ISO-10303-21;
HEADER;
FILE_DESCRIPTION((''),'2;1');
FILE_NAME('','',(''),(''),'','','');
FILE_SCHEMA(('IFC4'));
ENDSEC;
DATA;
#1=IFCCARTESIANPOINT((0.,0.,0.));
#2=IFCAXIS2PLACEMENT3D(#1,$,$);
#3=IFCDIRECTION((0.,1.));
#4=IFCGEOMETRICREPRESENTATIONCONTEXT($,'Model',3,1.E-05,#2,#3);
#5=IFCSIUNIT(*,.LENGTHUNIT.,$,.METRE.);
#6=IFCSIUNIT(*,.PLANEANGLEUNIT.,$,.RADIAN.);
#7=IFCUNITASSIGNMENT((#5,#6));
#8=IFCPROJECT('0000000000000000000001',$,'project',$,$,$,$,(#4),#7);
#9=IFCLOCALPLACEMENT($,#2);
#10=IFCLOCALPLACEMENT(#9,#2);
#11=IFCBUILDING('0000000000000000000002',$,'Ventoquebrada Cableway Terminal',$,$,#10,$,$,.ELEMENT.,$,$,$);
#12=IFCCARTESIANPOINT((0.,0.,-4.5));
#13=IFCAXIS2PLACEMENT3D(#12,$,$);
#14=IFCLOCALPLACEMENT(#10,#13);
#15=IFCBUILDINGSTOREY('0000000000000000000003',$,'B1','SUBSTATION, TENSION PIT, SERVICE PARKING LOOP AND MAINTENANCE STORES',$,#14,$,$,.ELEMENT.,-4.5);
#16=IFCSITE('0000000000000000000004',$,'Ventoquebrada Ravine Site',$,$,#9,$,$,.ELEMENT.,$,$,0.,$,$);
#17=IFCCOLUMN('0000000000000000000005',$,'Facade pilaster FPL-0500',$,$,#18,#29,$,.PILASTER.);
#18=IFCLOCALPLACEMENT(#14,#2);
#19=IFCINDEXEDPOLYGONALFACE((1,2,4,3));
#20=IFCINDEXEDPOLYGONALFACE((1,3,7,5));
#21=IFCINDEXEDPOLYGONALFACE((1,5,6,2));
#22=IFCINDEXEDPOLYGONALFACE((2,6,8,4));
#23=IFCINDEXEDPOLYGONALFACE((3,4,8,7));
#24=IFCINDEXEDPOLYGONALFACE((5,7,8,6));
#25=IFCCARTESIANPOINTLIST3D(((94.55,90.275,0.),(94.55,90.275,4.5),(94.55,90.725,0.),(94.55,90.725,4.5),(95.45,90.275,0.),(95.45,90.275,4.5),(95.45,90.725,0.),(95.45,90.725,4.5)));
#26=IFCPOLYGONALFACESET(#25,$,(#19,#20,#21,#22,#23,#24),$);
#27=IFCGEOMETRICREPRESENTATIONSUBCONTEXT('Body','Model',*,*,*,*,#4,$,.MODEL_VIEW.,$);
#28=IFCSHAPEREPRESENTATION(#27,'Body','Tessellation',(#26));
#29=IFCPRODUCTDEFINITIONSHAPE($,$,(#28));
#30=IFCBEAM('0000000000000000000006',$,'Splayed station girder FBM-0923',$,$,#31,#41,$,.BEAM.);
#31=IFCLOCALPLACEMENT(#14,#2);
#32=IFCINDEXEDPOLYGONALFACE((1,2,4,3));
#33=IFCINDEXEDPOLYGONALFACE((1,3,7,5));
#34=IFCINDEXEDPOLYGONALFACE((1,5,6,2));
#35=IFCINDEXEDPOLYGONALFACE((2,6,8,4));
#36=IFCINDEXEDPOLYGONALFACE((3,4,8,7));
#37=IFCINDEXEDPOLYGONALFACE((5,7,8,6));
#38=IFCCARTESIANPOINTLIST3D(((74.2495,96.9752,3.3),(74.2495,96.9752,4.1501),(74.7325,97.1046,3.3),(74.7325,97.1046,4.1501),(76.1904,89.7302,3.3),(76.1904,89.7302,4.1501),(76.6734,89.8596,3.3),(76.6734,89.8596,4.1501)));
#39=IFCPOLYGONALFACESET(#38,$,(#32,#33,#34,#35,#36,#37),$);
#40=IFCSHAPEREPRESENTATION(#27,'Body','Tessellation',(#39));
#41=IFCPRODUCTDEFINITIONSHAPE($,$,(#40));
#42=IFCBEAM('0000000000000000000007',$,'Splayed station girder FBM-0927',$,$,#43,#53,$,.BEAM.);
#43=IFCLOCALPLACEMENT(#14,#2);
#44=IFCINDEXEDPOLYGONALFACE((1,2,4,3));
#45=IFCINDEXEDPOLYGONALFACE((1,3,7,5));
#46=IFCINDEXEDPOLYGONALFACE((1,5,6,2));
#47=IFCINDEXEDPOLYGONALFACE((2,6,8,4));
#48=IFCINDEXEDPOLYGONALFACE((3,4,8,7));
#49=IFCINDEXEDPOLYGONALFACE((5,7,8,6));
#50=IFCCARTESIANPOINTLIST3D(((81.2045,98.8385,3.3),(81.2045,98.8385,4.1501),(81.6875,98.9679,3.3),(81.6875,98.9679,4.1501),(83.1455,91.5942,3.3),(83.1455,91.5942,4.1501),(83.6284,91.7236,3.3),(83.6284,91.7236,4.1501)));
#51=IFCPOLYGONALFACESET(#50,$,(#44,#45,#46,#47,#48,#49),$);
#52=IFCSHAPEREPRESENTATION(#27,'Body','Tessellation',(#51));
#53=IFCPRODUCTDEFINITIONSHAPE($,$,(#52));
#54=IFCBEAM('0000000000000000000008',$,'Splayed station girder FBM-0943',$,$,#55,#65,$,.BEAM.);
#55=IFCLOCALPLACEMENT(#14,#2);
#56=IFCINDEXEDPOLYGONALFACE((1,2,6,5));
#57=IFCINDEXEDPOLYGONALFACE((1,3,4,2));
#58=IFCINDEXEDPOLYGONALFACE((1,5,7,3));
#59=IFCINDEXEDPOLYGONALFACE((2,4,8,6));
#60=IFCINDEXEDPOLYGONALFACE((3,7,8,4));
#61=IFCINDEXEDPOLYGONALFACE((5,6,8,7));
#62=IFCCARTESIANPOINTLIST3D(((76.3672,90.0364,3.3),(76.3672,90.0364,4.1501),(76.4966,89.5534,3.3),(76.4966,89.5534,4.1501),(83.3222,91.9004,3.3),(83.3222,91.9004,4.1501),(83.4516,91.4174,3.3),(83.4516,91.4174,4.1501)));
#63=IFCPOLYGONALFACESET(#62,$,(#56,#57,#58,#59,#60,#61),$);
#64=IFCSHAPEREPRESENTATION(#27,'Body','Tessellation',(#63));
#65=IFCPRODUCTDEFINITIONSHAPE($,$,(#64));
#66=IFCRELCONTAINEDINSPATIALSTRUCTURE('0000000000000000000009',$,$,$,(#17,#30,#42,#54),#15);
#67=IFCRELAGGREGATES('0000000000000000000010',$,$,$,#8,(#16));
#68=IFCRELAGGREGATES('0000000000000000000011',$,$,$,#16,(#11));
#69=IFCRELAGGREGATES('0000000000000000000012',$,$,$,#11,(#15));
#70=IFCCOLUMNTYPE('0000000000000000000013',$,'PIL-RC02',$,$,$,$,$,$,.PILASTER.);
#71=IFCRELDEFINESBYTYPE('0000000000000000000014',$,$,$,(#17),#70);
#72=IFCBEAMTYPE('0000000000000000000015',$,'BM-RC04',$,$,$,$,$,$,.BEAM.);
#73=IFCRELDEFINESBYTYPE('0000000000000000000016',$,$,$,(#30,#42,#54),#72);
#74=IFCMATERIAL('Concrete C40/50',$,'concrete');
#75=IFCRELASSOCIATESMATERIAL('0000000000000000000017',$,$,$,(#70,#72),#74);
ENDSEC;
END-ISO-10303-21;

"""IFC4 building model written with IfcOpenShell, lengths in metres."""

from ifc_helpers import new_model, si_unit, direction, frame, origin, origin_2d, place, context, subcontext, project, spatial, rectangle, extrude, material, material_profile, profile_set, type_object, element, save


model = new_model("IFC4")

# Units and contexts
model_context = context("Model", 3, precision=1e-05, world=origin(), true_north=direction((0.0, 1.0)))
body_context = subcontext(model_context, "Body", "Model", "MODEL_VIEW")
ifc_project = project(units=[si_unit("LENGTHUNIT", "METRE"), si_unit("PLANEANGLEUNIT", "RADIAN")], contexts=[model_context])

# Site, building, storey
site_placement = place(None, origin())
site = spatial("IfcSite", under=ifc_project, at=site_placement, Name="Ventoquebrada Ravine Site", CompositionType="ELEMENT", RefElevation=0.0)
building_placement = place(site_placement, origin())
building = spatial("IfcBuilding", under=site, at=building_placement, Name="Ventoquebrada Cableway Terminal", CompositionType="ELEMENT")
storey_placement = place(building_placement, frame((0.0, 0.0, -4.5)))
storey = spatial("IfcBuildingStorey", under=building, at=storey_placement, Name="B1", Description="SUBSTATION, TENSION PIT, SERVICE PARKING LOOP AND MAINTENANCE STORES", CompositionType="ELEMENT", Elevation=-4.5)

# Shared definitions
ifc_material = material(Name="Concrete C40/50", Category="concrete")

# Column
ifc_material_profile_1 = material_profile(ifc_material, rectangle(XDim=0.45, YDim=0.8999, at=origin_2d()), Name="RC-PIL-450X900")
ifc_profile_set_1 = profile_set([ifc_material_profile_1], Name="Concrete C40/50")
column_type_1 = type_object("IfcColumnType", Name="PIL-RC02", PredefinedType="PILASTER", material=ifc_profile_set_1)
column_1_placement = place(storey_placement, frame((95.0, 90.5, 0.0), z_axis=(0.0, 0.0, 1.0), x_axis=(0.0, 1.0, 0.0)))
element("IfcColumn", 1, at=column_1_placement, inside=storey, type_object=column_type_1, Name="Facade pilaster FPL-0500", PredefinedType="PILASTER", context=body_context, shape_type="SweptSolid", body=[
    extrude(rectangle(XDim=0.45, YDim=0.8999, at=origin_2d()), origin(), (0.0, 0.0, 1.0), 4.5),
])

# Beams
ifc_material_profile_2 = material_profile(ifc_material, rectangle(XDim=0.5, YDim=0.8501, at=origin_2d()), Name="RC-BM-500X850")
ifc_profile_set_2 = profile_set([ifc_material_profile_2], Name="Concrete C40/50")
beam_type = type_object("IfcBeamType", Name="BM-RC04", PredefinedType="BEAM", material=ifc_profile_set_2)
beam_1_placement = place(storey_placement, frame((76.4319, 89.7949, 3.7251), z_axis=(-0.258769, 0.965939, 0.0), x_axis=(-0.965939, -0.258769, 0.0)))
element("IfcBeam", 2, at=beam_1_placement, inside=storey, type_object=beam_type, Name="Splayed station girder FBM-0923", PredefinedType="BEAM", context=body_context, shape_type="SweptSolid", body=[
    extrude(rectangle(XDim=0.5, YDim=0.8501, at=origin_2d()), origin(), (0.0, 0.0, 1.0), 7.5005),
])
beam_2_placement = place(storey_placement, frame((83.387, 91.6589, 3.7251), z_axis=(-0.258801, 0.965931, 0.0), x_axis=(-0.965931, -0.258801, 0.0)))
element("IfcBeam", 3, at=beam_2_placement, inside=storey, type_object=beam_type, Name="Splayed station girder FBM-0927", PredefinedType="BEAM", context=body_context, shape_type="SweptSolid", body=[
    extrude(rectangle(XDim=0.5, YDim=0.8501, at=origin_2d()), origin(), (0.0, 0.0, 1.0), 7.4998),
])
beam_3_placement = place(storey_placement, frame((76.4319, 89.7949, 3.7251), z_axis=(0.965912, 0.258872, 0.0), x_axis=(-0.258872, 0.965912, 0.0)))
element("IfcBeam", 4, at=beam_3_placement, inside=storey, type_object=beam_type, Name="Splayed station girder FBM-0943", PredefinedType="BEAM", context=body_context, shape_type="SweptSolid", body=[
    extrude(rectangle(XDim=0.5, YDim=0.8501, at=origin_2d()), origin(), (0.0, 0.0, 1.0), 7.2004),
])

save(model, "model.ifc")
